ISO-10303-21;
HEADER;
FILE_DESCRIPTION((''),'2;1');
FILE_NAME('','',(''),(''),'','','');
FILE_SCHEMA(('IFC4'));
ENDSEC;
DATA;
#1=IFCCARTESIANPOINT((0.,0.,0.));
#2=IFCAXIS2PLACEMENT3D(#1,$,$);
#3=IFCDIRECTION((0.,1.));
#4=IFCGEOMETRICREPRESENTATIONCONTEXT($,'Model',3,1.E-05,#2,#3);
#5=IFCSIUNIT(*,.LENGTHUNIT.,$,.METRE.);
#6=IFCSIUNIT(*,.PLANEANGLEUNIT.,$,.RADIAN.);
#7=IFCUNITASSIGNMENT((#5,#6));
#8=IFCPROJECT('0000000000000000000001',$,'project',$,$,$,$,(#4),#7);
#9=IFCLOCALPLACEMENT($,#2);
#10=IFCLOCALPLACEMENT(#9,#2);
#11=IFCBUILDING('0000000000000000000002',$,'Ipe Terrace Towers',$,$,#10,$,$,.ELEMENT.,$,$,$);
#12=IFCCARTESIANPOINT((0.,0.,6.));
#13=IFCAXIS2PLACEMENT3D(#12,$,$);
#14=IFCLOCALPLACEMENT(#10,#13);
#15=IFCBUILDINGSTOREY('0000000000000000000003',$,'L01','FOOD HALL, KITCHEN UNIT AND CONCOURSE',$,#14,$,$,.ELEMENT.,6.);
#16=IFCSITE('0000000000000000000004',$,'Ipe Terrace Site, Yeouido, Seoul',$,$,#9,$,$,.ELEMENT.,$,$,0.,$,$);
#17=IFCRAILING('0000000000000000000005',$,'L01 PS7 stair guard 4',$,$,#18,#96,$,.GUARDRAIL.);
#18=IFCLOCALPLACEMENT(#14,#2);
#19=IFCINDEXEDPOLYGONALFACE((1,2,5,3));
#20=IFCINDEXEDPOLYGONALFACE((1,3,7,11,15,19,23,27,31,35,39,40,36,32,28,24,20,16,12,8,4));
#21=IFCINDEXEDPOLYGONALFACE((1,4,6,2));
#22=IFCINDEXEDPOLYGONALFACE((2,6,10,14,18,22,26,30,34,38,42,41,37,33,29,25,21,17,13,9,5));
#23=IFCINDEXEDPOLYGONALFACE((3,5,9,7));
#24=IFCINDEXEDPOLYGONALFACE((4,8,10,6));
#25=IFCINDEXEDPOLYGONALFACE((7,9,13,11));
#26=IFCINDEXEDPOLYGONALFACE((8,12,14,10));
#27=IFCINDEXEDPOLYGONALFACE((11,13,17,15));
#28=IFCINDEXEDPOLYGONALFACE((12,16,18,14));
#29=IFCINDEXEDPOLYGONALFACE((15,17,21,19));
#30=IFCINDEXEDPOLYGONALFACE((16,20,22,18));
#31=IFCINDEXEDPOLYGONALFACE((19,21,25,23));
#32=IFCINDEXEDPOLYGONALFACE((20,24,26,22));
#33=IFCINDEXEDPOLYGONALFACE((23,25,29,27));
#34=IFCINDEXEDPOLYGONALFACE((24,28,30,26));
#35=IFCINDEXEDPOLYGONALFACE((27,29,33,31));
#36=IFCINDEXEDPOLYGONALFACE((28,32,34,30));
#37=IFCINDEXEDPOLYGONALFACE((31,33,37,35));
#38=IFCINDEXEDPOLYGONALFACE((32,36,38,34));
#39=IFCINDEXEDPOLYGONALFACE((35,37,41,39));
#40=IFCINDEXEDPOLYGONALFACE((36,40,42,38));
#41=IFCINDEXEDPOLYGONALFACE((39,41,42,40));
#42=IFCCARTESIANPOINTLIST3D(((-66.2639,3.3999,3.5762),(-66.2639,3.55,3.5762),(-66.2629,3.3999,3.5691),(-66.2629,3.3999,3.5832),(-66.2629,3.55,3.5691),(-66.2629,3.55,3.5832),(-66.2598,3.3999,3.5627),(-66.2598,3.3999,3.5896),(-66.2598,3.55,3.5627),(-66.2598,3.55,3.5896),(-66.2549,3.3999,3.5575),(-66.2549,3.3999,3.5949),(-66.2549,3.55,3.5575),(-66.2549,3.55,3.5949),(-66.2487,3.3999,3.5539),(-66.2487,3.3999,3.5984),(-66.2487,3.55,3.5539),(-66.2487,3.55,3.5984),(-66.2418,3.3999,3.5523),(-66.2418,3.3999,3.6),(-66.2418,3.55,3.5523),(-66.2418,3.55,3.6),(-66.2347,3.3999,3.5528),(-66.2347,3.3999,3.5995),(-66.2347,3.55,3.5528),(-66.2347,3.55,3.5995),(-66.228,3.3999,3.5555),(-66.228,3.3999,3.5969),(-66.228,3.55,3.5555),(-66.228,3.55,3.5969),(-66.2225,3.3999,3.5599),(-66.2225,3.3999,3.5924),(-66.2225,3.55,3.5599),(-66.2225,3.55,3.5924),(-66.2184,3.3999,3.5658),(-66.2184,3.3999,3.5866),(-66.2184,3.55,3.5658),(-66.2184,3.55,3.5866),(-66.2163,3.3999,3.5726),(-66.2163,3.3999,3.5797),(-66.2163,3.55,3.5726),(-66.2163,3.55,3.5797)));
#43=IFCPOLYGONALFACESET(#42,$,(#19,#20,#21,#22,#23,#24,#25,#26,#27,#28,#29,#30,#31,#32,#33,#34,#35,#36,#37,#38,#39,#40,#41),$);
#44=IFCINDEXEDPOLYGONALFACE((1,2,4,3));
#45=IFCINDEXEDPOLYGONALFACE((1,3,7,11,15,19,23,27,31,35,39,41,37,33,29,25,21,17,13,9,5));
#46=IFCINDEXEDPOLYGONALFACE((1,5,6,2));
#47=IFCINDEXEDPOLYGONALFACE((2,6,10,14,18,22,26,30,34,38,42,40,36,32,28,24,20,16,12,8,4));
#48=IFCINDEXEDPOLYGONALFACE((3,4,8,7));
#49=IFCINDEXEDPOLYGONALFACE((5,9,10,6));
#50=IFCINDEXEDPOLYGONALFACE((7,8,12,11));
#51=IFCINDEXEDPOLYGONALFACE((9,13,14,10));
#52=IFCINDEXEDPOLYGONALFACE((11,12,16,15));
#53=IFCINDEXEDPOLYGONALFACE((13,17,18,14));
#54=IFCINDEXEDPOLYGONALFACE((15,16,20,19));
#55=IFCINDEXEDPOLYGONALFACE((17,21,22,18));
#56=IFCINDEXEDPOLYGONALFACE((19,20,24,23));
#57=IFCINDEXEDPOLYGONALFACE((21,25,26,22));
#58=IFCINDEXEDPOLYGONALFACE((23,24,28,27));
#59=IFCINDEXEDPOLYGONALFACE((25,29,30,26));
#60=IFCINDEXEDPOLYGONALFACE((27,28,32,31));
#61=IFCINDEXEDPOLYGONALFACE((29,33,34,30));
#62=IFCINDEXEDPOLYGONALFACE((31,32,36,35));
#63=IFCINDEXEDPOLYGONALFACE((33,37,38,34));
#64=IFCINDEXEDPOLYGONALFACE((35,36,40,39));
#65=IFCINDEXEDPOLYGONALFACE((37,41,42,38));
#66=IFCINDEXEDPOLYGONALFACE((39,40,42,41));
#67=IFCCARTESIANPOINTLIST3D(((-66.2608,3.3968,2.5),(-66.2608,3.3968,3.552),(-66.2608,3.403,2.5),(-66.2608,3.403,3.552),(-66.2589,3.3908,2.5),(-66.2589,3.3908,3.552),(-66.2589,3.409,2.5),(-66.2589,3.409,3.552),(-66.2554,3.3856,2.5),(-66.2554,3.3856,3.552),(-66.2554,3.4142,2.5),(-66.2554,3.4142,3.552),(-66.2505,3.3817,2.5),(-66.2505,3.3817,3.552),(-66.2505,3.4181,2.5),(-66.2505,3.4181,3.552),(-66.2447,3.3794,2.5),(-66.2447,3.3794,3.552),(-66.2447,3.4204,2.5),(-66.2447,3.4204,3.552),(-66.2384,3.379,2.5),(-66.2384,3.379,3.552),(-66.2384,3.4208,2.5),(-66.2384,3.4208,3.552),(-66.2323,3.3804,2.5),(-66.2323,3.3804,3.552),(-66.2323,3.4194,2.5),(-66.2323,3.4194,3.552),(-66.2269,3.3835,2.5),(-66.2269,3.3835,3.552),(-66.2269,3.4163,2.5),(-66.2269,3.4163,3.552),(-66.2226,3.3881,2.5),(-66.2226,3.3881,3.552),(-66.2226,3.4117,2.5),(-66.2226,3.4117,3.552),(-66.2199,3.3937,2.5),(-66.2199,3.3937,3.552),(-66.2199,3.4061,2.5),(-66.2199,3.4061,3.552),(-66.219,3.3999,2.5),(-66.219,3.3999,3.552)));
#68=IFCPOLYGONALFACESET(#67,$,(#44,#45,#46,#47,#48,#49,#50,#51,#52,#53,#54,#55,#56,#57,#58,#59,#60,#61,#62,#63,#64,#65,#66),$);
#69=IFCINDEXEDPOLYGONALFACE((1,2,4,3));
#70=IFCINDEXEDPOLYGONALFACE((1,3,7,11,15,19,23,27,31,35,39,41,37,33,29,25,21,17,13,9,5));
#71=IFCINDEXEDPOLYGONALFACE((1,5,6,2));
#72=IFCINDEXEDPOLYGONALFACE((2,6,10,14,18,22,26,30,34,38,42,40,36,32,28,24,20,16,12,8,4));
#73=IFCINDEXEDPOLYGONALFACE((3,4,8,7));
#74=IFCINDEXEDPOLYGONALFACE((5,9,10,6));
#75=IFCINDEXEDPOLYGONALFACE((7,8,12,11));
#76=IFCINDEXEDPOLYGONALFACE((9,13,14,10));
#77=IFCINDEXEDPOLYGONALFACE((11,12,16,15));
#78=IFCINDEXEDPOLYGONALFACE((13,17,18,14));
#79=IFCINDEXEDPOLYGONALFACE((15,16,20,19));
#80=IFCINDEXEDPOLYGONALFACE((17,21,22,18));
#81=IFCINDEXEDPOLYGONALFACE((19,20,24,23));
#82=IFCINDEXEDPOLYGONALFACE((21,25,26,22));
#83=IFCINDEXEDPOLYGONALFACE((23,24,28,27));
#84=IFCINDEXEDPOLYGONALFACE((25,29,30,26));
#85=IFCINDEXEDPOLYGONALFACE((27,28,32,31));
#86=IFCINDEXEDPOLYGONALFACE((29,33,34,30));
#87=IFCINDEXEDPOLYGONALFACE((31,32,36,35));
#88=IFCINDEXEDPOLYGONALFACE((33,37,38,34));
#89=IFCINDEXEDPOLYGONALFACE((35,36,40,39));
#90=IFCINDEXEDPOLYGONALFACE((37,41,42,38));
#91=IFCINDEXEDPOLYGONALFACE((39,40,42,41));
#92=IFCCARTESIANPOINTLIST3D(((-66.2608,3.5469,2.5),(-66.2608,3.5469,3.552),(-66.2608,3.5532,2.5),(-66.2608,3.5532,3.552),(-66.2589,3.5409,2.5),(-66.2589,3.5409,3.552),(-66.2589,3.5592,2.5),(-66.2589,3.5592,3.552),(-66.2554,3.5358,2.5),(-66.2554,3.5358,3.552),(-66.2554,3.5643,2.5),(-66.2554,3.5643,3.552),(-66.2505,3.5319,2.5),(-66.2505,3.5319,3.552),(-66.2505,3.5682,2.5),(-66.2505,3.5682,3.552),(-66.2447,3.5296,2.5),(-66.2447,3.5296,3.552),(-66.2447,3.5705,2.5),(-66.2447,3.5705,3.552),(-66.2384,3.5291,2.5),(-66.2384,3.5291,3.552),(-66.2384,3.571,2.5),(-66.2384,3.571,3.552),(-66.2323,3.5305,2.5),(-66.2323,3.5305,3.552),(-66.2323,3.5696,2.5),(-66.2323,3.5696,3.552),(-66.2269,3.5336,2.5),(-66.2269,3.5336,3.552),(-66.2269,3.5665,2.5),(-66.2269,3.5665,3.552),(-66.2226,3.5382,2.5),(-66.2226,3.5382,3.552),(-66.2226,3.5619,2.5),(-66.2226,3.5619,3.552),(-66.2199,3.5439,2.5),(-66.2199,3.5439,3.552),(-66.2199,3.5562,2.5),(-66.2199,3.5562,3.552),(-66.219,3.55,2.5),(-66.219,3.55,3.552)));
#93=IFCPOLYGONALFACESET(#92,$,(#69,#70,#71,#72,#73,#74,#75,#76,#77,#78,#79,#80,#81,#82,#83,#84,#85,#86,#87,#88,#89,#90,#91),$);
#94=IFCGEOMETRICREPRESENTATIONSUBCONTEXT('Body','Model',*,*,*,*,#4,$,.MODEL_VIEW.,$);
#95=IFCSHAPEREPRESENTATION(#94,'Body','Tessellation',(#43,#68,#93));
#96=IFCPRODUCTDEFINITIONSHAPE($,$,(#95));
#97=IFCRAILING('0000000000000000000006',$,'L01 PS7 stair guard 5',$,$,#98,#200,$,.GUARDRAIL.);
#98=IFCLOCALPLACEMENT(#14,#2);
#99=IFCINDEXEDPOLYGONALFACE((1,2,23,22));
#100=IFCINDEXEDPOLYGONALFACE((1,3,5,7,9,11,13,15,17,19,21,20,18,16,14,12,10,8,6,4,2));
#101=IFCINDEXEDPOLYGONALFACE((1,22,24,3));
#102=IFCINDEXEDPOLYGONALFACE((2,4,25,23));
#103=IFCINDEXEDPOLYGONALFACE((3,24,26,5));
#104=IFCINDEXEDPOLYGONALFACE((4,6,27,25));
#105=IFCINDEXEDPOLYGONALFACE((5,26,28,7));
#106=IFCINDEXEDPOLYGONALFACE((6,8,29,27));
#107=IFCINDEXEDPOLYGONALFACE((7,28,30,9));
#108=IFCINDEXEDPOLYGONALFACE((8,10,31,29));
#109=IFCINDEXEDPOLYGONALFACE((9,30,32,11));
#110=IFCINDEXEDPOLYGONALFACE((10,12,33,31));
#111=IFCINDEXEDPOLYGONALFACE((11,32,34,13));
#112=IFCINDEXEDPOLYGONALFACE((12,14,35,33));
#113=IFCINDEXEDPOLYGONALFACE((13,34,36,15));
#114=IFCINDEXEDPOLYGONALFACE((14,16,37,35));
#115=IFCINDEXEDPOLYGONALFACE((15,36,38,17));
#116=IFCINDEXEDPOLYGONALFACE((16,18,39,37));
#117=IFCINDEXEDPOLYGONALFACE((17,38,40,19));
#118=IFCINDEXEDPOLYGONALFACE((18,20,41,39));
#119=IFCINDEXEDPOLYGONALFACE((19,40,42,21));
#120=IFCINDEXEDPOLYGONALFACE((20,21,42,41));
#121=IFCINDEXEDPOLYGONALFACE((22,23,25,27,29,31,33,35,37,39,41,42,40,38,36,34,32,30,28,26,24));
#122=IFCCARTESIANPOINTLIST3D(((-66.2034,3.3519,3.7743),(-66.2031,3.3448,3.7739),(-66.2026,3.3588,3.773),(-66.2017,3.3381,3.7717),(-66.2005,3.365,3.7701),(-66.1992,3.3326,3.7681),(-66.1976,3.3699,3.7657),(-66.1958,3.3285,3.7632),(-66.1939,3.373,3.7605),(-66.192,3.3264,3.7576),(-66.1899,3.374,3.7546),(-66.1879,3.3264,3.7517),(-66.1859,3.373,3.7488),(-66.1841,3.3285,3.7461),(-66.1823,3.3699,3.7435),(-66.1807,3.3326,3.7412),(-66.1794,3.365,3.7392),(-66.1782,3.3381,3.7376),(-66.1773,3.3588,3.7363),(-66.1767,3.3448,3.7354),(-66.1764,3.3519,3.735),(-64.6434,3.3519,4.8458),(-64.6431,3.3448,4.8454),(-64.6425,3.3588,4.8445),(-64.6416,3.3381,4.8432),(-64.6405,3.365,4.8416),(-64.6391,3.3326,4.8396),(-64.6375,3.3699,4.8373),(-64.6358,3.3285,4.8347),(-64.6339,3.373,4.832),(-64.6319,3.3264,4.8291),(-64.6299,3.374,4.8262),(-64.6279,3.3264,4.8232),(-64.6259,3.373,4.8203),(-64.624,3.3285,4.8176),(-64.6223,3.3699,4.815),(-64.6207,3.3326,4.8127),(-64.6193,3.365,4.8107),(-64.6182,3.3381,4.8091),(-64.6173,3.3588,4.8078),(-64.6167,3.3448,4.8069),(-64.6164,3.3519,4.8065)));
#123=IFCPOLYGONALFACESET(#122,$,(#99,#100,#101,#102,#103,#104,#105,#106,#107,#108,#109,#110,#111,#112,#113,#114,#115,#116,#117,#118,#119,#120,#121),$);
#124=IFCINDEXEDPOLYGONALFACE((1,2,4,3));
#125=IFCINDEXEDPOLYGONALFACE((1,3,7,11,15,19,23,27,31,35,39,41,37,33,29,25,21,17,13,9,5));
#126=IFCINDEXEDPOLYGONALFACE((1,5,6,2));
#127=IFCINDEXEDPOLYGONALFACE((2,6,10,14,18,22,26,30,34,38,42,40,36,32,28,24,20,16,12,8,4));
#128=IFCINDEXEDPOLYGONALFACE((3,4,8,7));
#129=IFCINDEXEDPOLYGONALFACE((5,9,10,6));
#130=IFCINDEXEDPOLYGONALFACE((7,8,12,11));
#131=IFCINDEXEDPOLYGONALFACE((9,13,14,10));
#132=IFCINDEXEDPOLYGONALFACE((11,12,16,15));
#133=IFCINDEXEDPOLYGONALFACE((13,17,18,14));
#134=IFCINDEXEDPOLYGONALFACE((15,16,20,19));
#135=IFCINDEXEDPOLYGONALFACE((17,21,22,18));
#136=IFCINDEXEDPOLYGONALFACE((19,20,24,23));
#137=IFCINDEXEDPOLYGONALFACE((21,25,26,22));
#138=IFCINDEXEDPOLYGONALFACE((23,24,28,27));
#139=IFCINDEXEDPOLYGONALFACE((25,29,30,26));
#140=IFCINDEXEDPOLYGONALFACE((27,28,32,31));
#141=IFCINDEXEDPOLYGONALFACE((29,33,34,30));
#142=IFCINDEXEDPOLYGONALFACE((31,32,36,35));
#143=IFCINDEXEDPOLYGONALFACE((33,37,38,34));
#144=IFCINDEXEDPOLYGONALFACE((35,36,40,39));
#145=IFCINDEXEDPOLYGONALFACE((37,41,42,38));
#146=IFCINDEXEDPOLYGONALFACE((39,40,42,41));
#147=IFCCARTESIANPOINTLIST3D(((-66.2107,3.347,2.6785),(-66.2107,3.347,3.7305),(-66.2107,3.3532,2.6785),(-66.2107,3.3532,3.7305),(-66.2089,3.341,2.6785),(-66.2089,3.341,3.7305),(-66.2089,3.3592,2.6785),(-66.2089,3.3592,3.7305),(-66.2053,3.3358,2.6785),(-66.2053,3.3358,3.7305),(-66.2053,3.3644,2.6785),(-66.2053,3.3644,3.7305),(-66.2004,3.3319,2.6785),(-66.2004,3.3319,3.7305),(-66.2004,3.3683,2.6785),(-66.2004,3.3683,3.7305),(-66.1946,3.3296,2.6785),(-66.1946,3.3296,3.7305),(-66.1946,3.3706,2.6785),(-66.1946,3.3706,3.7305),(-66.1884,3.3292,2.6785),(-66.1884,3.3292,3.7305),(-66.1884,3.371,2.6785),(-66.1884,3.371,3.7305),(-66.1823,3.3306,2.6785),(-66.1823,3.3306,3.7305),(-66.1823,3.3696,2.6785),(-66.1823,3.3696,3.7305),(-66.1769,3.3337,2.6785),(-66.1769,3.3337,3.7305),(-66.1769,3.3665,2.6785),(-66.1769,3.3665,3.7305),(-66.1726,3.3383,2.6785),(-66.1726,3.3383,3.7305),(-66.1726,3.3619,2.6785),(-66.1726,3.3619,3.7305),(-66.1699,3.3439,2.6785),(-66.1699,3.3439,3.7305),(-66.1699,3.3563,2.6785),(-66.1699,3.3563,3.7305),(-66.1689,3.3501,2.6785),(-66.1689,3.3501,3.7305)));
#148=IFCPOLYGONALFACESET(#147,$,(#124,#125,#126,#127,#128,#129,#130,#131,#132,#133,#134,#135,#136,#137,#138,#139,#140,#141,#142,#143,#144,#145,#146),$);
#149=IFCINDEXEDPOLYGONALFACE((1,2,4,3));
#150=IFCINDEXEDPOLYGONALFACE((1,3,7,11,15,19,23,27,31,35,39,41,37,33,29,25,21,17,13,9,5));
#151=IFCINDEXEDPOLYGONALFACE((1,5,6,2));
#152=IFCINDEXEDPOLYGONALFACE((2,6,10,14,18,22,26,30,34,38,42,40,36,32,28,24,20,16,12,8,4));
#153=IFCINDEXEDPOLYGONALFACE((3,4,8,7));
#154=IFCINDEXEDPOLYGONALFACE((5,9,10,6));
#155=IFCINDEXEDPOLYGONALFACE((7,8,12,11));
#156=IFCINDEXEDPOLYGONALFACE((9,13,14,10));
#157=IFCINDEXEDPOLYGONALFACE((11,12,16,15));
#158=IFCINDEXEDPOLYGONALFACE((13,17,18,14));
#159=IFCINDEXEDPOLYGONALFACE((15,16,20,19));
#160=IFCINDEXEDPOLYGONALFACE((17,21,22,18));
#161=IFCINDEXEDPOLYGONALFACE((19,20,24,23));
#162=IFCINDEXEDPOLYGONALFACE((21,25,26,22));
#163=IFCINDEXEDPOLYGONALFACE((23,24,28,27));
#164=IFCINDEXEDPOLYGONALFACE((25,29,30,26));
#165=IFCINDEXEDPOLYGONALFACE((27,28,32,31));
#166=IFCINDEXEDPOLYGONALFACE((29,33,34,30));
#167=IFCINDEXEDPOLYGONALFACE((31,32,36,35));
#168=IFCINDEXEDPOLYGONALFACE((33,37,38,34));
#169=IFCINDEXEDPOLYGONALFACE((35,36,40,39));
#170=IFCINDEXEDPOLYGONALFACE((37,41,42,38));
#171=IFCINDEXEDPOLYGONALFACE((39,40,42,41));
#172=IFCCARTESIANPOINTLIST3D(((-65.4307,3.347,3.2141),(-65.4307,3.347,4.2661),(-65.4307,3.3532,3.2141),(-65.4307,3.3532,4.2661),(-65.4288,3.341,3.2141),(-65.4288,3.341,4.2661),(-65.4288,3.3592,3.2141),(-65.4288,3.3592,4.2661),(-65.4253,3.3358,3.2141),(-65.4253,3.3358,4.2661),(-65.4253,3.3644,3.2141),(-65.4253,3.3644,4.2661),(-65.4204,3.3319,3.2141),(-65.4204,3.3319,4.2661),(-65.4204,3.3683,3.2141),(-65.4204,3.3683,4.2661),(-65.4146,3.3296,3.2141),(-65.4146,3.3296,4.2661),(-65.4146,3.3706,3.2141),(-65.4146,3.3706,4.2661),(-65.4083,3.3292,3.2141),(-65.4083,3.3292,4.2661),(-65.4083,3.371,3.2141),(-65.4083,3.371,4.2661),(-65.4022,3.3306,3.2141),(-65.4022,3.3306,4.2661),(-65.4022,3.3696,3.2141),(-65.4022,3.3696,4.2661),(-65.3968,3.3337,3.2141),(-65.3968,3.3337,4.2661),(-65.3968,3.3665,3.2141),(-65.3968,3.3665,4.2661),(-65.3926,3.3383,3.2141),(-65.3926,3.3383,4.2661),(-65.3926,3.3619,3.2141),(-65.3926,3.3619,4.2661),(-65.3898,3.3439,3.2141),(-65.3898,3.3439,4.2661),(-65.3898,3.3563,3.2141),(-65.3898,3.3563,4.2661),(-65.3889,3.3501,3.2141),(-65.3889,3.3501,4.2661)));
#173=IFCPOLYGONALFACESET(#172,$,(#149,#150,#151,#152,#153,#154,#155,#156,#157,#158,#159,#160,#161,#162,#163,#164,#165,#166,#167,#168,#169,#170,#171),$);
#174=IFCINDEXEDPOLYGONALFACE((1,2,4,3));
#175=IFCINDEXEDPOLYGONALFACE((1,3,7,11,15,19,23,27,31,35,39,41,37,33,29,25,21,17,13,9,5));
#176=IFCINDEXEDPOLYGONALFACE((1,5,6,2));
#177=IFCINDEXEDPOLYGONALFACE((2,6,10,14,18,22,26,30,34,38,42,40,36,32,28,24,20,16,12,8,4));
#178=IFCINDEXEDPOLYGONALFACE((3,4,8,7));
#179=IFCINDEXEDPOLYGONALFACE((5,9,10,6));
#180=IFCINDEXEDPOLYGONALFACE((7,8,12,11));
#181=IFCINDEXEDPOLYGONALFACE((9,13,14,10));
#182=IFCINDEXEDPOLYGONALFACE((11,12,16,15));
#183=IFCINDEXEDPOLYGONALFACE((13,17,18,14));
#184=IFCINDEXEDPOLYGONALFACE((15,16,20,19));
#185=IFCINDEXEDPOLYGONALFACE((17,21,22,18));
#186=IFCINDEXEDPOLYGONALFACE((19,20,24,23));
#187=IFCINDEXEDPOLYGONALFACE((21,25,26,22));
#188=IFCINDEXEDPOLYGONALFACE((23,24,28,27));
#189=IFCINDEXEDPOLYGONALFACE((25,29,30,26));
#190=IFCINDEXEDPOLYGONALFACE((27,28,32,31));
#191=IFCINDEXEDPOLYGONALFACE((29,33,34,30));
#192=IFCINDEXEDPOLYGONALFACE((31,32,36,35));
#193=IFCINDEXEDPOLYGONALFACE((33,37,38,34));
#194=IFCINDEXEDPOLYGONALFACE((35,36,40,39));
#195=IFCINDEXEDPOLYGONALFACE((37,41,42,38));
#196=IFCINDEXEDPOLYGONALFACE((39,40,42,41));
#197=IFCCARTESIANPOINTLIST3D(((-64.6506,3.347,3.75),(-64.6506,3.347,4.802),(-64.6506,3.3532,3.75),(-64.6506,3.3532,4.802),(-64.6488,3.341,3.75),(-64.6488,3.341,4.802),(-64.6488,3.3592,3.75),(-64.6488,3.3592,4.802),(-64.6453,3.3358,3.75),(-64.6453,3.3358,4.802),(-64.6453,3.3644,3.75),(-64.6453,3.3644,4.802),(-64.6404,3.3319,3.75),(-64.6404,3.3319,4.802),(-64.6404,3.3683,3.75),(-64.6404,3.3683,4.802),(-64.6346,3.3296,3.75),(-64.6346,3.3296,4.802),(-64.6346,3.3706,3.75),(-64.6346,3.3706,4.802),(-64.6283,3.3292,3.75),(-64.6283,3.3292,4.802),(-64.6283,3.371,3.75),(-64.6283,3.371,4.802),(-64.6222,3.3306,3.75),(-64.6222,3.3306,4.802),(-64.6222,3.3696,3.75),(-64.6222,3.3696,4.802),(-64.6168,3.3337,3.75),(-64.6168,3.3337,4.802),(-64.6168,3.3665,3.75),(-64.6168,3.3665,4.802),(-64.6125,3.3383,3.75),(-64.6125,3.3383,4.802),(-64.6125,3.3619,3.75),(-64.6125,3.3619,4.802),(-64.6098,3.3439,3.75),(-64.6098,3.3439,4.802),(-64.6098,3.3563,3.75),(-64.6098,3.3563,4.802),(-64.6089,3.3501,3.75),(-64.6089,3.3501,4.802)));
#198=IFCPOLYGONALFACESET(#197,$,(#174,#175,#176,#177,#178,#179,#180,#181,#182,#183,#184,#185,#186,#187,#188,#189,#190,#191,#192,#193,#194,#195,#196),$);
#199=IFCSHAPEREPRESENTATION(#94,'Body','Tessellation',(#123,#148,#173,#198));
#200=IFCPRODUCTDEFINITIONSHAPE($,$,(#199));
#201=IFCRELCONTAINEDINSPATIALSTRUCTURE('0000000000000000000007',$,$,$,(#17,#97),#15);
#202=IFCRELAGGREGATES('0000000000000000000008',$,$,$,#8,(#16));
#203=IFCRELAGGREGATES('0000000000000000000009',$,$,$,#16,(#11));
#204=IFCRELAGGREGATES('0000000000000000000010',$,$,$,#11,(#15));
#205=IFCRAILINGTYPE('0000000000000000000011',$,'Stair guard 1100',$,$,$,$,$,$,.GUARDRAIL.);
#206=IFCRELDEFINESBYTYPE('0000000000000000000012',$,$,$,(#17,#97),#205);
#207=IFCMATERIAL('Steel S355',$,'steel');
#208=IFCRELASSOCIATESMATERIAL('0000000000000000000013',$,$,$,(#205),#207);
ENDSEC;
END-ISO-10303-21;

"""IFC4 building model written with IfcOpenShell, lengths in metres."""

from ifc_helpers import new_model, si_unit, direction, frame, origin, origin_2d, place, context, subcontext, project, spatial, circle, extrude, material, type_object, element, save


model = new_model("IFC4")

# Units and contexts
model_context = context("Model", 3, precision=1e-05, world=origin(), true_north=direction((0.0, 1.0)))
body_context = subcontext(model_context, "Body", "Model", "MODEL_VIEW")
ifc_project = project(units=[si_unit("LENGTHUNIT", "METRE"), si_unit("PLANEANGLEUNIT", "RADIAN")], contexts=[model_context])

# Site, building, storey
site_placement = place(None, origin())
site = spatial("IfcSite", under=ifc_project, at=site_placement, Name="Ipe Terrace Site, Yeouido, Seoul", CompositionType="ELEMENT", RefElevation=0.0)
building_placement = place(site_placement, origin())
building = spatial("IfcBuilding", under=site, at=building_placement, Name="Ipe Terrace Towers", CompositionType="ELEMENT")
storey_placement = place(building_placement, frame((0.0, 0.0, 6.0)))
storey = spatial("IfcBuildingStorey", under=building, at=storey_placement, Name="L01", Description="FOOD HALL, KITCHEN UNIT AND CONCOURSE", CompositionType="ELEMENT", Elevation=6.0)

# Railings
ifc_material_1 = material(Name="Steel S355", Category="steel")
railing_type_1 = type_object("IfcRailingType", Name="Stair guard 1100", PredefinedType="GUARDRAIL", material=ifc_material_1)
railing_1_placement = place(storey_placement, frame((-66.24, 3.3999, 2.5)))
element("IfcRailing", 1, at=railing_1_placement, inside=storey, type_object=railing_type_1, Name="L01 PS7 stair guard 4", PredefinedType="GUARDRAIL", context=body_context, shape_type="SweptSolid", body=[
    extrude(circle(Radius=0.0239, at=origin_2d()), frame((0.0, 0.0, 1.0762), z_axis=(0.0, 1.0, 0.0), x_axis=(-1.0, 0.0, 0.0)), (0.0, 0.0, 1.0), 0.1501),
    extrude(circle(Radius=0.021, at=origin_2d()), origin(), (0.0, 0.0, 1.0), 1.052),
    extrude(circle(Radius=0.021, at=origin_2d()), frame((0.0, 0.1501, 0.0)), (0.0, 0.0, 1.0), 1.052),
])
railing_2_placement = place(storey_placement, frame((-66.1899, 3.3501, 2.6785)))
element("IfcRailing", 2, at=railing_2_placement, inside=storey, type_object=railing_type_1, Name="L01 PS7 stair guard 5", PredefinedType="GUARDRAIL", context=body_context, shape_type="SweptSolid", body=[
    extrude(circle(Radius=0.0239, at=origin_2d()), frame((0.0, 0.0, 1.0762), z_axis=(0.82429, 0.0, 0.566167), x_axis=(0.0, 1.0, 0.0)), (0.0, 0.0, 1.0), 1.8926),
    extrude(circle(Radius=0.021, at=origin_2d()), origin(), (0.0, 0.0, 1.0), 1.052),
    extrude(circle(Radius=0.021, at=origin_2d()), frame((0.78, 0.0, 0.5356)), (0.0, 0.0, 1.0), 1.052),
    extrude(circle(Radius=0.021, at=origin_2d()), frame((1.5601, 0.0, 1.0715)), (0.0, 0.0, 1.0), 1.052),
])

save(model, "model.ifc")
